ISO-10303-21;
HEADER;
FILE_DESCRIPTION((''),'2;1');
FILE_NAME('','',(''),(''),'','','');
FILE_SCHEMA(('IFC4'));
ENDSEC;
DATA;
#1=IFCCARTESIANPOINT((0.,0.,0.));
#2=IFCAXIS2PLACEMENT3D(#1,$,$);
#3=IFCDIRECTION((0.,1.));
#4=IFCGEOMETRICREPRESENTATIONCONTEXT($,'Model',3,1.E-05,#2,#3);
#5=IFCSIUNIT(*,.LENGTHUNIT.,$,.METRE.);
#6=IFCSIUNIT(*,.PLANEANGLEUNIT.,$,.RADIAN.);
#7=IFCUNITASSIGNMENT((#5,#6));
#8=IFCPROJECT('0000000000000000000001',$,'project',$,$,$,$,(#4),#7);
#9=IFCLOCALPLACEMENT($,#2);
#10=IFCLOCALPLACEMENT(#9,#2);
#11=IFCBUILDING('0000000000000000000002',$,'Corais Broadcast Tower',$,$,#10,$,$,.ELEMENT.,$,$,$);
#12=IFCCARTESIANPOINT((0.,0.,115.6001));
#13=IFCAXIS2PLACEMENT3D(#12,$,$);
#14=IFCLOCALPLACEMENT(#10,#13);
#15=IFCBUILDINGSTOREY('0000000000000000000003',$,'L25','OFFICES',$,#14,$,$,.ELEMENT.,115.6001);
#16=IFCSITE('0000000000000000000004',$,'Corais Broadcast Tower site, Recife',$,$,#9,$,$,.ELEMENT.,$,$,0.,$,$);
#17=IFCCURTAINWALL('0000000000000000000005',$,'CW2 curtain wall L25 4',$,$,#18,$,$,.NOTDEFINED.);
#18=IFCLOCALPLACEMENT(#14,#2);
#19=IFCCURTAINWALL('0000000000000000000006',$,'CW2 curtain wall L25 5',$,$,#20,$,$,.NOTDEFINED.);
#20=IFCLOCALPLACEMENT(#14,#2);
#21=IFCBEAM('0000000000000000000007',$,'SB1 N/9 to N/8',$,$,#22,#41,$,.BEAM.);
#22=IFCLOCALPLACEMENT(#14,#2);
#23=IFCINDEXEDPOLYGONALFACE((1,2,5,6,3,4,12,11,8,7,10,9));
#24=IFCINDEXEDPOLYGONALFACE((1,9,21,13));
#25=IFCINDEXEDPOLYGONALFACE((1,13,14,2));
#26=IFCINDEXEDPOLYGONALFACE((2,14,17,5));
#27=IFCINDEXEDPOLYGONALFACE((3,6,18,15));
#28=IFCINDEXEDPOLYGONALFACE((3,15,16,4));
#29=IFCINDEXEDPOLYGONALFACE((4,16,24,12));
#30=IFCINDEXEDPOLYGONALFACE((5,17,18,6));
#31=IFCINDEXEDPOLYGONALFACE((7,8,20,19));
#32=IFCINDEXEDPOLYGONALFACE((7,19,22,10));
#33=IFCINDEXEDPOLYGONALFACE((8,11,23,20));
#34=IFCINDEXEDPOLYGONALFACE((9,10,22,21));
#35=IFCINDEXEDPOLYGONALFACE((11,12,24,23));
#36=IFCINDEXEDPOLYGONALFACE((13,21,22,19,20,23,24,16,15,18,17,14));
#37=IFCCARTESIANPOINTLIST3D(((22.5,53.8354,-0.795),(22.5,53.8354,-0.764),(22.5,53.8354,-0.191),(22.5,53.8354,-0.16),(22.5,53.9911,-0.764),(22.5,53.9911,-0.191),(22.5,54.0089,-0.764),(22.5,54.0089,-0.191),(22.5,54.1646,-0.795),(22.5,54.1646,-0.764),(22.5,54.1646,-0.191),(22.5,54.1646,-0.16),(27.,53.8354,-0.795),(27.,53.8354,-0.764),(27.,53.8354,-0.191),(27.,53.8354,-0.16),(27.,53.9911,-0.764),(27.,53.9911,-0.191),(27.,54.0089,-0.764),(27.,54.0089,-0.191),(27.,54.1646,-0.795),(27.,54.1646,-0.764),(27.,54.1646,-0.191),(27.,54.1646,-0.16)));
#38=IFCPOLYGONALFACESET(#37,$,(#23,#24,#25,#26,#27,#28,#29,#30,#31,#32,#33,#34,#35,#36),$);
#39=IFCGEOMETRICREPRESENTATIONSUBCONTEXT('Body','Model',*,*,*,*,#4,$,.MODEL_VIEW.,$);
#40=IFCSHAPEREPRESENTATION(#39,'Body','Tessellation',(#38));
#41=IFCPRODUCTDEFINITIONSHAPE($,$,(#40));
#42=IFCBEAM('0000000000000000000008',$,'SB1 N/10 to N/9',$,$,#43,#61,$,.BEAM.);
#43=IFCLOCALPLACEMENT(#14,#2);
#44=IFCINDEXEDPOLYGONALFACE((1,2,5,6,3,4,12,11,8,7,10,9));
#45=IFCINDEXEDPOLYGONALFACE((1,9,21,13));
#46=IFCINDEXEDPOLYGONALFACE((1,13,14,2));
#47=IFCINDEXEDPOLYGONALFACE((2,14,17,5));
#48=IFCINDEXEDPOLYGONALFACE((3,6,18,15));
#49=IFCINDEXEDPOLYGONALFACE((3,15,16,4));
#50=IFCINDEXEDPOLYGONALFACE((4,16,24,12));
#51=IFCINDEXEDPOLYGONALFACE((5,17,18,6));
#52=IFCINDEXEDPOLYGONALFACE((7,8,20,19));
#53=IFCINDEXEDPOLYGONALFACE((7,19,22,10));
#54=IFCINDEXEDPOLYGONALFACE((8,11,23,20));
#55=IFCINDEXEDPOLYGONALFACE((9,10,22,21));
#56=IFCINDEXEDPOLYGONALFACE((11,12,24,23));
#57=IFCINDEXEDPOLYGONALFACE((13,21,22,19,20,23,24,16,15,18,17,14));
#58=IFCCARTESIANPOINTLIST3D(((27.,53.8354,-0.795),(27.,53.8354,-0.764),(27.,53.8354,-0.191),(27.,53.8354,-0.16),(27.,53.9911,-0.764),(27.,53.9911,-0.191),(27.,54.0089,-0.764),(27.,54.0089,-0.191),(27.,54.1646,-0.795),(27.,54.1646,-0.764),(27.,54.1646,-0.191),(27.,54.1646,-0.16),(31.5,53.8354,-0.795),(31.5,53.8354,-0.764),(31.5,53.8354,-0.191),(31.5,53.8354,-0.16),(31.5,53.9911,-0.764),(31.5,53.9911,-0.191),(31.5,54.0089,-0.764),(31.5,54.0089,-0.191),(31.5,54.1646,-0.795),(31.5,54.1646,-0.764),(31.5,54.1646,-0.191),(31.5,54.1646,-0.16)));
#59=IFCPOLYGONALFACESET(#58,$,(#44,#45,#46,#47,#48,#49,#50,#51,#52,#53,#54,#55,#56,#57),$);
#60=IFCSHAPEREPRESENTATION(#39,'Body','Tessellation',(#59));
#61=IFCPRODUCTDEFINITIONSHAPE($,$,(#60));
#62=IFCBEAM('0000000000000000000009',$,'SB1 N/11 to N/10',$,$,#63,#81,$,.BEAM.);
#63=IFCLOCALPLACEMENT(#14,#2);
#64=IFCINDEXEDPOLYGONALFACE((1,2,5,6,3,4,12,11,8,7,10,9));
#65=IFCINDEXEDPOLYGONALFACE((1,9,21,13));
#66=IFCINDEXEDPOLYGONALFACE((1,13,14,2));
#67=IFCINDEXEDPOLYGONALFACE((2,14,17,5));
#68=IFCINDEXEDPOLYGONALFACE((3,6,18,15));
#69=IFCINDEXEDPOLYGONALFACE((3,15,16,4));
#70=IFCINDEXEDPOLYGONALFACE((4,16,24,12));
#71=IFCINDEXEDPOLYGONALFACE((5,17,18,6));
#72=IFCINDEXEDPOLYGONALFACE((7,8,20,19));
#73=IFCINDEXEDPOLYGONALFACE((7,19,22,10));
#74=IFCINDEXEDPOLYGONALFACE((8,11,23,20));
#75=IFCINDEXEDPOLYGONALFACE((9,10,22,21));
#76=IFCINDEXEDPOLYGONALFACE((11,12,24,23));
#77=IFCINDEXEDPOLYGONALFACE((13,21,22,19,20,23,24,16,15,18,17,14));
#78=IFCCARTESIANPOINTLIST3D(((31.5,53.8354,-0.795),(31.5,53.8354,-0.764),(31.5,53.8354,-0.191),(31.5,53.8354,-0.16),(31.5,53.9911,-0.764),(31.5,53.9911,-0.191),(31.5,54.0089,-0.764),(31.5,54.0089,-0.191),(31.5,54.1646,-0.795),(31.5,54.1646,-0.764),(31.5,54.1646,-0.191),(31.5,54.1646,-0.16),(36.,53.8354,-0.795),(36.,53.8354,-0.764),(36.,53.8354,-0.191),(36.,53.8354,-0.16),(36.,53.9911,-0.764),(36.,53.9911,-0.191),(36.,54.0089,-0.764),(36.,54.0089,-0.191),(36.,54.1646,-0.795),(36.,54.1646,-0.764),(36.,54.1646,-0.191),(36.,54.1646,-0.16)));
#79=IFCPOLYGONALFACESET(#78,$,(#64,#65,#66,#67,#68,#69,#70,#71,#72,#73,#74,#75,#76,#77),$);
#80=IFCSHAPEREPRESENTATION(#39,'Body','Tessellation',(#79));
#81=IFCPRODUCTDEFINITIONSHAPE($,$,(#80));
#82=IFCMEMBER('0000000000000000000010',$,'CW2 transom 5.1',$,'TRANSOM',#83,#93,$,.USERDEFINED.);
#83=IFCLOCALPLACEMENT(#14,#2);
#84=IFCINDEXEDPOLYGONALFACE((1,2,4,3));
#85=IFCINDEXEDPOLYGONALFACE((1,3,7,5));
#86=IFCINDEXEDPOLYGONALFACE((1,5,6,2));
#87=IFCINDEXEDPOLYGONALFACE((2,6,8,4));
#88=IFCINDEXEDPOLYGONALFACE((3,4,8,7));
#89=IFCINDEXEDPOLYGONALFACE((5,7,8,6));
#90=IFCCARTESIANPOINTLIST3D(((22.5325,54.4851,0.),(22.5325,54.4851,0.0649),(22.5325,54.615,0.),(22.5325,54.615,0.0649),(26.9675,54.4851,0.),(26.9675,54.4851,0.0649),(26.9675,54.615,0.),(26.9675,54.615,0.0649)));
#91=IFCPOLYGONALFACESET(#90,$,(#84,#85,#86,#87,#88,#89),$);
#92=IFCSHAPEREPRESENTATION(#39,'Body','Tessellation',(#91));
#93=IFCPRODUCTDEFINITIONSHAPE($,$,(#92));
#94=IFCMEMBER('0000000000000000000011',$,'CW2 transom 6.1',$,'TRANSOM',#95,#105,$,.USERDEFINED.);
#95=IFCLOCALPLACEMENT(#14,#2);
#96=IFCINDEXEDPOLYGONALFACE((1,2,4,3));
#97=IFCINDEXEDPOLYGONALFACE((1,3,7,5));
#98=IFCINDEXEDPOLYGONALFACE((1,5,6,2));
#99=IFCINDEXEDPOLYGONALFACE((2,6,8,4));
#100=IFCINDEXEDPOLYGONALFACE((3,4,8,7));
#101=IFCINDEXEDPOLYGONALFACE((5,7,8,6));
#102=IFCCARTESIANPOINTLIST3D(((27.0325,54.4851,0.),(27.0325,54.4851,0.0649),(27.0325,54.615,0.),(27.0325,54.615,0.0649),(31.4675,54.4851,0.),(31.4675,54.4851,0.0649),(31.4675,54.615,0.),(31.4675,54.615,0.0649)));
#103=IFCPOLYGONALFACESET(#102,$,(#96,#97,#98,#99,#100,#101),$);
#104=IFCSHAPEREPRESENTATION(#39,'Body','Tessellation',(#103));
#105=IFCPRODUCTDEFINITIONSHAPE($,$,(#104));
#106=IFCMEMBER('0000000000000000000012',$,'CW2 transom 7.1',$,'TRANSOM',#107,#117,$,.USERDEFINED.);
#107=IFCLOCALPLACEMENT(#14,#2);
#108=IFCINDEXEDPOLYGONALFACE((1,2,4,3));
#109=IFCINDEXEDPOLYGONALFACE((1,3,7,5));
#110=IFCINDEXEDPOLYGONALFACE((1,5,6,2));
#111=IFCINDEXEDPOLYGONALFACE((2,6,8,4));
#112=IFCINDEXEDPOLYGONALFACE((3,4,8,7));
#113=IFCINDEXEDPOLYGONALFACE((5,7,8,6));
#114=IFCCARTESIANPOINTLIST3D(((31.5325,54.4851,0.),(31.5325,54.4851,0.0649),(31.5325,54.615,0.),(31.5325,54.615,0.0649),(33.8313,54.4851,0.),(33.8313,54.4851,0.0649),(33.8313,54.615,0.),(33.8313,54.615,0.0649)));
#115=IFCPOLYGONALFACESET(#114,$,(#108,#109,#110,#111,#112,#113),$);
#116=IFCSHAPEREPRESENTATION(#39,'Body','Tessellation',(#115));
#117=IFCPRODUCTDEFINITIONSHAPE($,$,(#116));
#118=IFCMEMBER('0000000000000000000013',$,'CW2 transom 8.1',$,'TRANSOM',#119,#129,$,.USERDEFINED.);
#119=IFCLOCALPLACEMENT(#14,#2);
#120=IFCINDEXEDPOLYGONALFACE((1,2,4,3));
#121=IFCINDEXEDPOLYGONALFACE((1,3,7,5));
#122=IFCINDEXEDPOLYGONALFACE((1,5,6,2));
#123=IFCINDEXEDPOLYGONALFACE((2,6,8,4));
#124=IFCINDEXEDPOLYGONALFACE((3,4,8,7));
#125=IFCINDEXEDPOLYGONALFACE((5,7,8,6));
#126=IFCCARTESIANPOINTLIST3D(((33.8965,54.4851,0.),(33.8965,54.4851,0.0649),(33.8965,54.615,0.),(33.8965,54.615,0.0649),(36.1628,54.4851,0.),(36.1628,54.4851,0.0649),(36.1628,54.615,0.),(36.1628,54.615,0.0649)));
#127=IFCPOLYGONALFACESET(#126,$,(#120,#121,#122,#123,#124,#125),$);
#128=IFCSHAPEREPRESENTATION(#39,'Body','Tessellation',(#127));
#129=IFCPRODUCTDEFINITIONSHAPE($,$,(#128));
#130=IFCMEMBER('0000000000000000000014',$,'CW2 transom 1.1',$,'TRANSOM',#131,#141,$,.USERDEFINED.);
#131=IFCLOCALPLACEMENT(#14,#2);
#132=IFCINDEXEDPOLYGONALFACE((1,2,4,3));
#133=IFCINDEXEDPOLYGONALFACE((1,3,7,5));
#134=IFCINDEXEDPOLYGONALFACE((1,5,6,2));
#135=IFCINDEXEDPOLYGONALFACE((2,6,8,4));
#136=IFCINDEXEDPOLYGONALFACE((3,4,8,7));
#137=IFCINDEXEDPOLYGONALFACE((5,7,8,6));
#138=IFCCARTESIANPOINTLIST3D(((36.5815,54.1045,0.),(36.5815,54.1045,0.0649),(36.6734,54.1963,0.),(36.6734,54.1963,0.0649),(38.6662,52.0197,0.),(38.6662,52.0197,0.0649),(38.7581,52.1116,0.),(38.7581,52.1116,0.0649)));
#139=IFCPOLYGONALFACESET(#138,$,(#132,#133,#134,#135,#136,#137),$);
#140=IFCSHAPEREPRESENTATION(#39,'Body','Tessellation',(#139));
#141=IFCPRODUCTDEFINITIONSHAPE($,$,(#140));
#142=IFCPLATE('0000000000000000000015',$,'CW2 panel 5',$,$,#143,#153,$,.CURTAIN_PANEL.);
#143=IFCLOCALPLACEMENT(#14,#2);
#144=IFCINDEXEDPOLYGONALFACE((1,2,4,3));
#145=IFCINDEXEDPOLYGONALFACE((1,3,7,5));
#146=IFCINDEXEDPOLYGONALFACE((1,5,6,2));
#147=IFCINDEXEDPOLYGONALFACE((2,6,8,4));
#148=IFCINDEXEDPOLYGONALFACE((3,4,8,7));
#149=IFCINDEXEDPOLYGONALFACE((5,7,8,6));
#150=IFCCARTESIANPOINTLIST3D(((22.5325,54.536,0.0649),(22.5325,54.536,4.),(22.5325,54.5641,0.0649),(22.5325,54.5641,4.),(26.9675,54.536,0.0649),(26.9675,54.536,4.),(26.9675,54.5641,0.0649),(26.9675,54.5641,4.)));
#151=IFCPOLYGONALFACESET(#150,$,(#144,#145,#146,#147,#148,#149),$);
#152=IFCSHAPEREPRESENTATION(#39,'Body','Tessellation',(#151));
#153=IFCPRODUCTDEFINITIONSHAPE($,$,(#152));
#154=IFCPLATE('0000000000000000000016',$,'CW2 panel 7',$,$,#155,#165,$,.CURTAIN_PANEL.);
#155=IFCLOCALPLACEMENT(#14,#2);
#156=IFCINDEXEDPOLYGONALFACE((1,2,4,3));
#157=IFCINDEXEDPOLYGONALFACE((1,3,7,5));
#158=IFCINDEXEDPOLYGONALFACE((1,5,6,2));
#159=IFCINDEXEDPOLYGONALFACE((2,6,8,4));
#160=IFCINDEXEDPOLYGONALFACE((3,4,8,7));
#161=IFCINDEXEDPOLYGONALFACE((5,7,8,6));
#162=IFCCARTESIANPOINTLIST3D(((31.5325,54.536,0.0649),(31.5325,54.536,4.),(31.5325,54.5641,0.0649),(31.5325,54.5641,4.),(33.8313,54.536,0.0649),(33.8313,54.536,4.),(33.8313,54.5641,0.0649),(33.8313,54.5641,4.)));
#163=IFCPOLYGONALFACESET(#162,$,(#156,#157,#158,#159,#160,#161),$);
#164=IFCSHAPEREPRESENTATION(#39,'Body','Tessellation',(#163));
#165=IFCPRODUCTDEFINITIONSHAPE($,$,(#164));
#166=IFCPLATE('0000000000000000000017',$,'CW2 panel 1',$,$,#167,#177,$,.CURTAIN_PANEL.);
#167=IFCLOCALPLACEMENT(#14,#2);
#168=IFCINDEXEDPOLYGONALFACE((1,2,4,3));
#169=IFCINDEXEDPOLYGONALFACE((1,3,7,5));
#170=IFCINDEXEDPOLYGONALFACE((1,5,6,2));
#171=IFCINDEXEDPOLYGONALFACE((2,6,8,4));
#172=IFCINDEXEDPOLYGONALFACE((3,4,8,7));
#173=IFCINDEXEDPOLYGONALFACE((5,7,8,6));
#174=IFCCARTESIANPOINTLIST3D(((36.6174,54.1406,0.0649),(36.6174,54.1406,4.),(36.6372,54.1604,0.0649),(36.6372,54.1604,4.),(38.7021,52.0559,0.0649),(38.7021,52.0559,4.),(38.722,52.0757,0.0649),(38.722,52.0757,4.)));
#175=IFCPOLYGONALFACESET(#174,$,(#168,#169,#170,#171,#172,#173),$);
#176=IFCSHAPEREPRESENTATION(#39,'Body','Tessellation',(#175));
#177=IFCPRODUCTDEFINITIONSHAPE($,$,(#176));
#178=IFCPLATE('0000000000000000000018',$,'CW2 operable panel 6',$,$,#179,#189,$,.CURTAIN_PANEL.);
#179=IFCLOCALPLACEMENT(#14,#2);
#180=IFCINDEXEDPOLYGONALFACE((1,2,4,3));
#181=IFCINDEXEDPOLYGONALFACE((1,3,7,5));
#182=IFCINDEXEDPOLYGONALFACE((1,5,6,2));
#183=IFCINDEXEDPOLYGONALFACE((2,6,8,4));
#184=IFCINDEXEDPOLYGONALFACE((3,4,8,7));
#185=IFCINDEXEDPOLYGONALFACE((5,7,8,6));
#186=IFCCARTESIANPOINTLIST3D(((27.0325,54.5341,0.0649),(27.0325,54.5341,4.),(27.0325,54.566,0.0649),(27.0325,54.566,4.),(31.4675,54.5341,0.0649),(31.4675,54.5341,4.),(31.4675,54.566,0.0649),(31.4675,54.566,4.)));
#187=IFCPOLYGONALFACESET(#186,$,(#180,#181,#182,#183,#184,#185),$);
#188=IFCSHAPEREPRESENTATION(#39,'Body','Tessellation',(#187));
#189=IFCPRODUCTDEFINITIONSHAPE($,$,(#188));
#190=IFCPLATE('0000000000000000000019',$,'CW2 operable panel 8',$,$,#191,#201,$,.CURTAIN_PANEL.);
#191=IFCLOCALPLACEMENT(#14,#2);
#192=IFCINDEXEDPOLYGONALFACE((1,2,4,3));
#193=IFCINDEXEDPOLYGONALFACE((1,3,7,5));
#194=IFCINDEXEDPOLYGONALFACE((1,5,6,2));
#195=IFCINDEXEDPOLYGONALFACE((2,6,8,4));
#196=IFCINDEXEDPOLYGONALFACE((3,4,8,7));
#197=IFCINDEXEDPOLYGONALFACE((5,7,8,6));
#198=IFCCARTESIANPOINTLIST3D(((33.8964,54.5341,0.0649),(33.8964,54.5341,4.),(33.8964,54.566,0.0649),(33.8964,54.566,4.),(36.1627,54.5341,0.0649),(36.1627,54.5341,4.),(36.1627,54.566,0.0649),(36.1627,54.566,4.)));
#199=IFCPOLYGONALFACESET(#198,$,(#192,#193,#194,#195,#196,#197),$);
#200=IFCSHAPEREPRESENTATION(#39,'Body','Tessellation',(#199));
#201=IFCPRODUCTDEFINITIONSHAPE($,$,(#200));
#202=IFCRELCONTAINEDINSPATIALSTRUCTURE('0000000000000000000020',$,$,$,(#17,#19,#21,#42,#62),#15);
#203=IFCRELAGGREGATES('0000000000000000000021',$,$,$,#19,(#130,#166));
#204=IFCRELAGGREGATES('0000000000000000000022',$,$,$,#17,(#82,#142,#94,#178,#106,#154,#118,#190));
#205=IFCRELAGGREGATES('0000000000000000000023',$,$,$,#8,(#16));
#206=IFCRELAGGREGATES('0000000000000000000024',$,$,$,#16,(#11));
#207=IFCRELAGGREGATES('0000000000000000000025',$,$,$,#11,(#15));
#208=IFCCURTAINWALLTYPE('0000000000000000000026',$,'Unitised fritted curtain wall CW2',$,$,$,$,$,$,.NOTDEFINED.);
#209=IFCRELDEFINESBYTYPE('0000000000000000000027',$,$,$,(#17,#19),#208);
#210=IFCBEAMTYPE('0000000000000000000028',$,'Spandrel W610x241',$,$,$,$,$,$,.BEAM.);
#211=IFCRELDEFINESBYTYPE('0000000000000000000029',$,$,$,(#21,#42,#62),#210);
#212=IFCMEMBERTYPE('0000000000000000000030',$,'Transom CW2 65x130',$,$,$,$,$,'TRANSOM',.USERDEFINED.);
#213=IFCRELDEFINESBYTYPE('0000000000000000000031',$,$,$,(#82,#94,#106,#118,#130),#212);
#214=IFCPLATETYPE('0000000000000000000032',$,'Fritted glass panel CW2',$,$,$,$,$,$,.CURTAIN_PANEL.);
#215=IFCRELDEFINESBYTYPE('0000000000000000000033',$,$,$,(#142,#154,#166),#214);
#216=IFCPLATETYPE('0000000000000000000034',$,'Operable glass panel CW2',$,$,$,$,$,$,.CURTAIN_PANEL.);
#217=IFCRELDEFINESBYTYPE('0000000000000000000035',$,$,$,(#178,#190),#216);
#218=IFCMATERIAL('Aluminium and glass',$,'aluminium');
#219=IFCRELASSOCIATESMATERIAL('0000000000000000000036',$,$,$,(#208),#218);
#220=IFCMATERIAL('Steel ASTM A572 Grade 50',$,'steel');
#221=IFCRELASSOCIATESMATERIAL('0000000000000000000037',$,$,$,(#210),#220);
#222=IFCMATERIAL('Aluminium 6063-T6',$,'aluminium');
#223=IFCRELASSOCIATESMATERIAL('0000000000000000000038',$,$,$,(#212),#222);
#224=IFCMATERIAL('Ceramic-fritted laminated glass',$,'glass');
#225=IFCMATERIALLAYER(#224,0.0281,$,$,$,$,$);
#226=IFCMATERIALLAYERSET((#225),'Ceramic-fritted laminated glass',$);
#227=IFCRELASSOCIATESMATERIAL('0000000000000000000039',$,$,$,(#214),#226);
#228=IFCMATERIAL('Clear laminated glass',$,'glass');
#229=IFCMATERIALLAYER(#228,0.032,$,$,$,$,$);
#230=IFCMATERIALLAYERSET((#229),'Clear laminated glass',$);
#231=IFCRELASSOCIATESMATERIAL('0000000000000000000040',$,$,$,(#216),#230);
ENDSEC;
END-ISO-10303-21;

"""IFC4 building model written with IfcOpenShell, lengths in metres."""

from ifc_helpers import new_model, si_unit, direction, frame, origin, origin_2d, place, context, subcontext, project, spatial, rectangle, i_section, extrude, material, layer, layer_set, material_profile, profile_set, type_object, element, aggregate, save


model = new_model("IFC4")

# Units and contexts
model_context = context("Model", 3, precision=1e-05, world=origin(), true_north=direction((0.0, 1.0)))
body_context = subcontext(model_context, "Body", "Model", "MODEL_VIEW")
ifc_project = project(units=[si_unit("LENGTHUNIT", "METRE"), si_unit("PLANEANGLEUNIT", "RADIAN")], contexts=[model_context])

# Site, building, storey
site_placement = place(None, origin())
site = spatial("IfcSite", under=ifc_project, at=site_placement, Name="Corais Broadcast Tower site, Recife", CompositionType="ELEMENT", RefElevation=0.0)
building_placement = place(site_placement, origin())
building = spatial("IfcBuilding", under=site, at=building_placement, Name="Corais Broadcast Tower", CompositionType="ELEMENT")
storey_placement = place(building_placement, frame((0.0, 0.0, 115.6001)))
storey = spatial("IfcBuildingStorey", under=building, at=storey_placement, Name="L25", Description="OFFICES", CompositionType="ELEMENT", Elevation=115.6001)

# Curtain walls
ifc_material_1 = material(Name="Aluminium and glass", Category="aluminium")
curtain_wall_type = type_object("IfcCurtainWallType", Name="Unitised fritted curtain wall CW2", PredefinedType="NOTDEFINED", material=ifc_material_1)
curtain_wall_1_placement = place(storey_placement, origin())
curtain_wall_1 = element("IfcCurtainWall", 1, at=curtain_wall_1_placement, inside=storey, type_object=curtain_wall_type, Name="CW2 curtain wall L25 4", PredefinedType="NOTDEFINED")
curtain_wall_2_placement = place(storey_placement, origin())
curtain_wall_2 = element("IfcCurtainWall", 2, at=curtain_wall_2_placement, inside=storey, type_object=curtain_wall_type, Name="CW2 curtain wall L25 5", PredefinedType="NOTDEFINED")

# Beams
ifc_material_2 = material(Name="Steel ASTM A572 Grade 50", Category="steel")
ifc_material_profile_1 = material_profile(ifc_material_2, i_section(OverallWidth=0.3291, OverallDepth=0.635, WebThickness=0.0178, FlangeThickness=0.031, at=origin_2d()), Name="W610x241")
ifc_profile_set_1 = profile_set([ifc_material_profile_1], Name="Steel ASTM A572 Grade 50")
beam_type_1 = type_object("IfcBeamType", Name="Spandrel W610x241", PredefinedType="BEAM", material=ifc_profile_set_1)
for number, where, z_axis, x_axis, name in (
    (3, (27.0, 54.0, -0.4775), (-1.0, 0.0, 0.0), (0.0, -1.0, 0.0), "SB1 N/9 to N/8"),
    (4, (31.5, 54.0, -0.4775), (-1.0, 0.0, 0.0), (0.0, -1.0, 0.0), "SB1 N/10 to N/9"),
    (5, (36.0, 54.0, -0.4775), (-1.0, 0.0, 0.0), (0.0, -1.0, 0.0), "SB1 N/11 to N/10"),
):
    element("IfcBeam", number, at=place(storey_placement, frame(where, z_axis=z_axis, x_axis=x_axis)), inside=storey, type_object=beam_type_1, Name=name, PredefinedType="BEAM", context=body_context, shape_type="SweptSolid", body=[
        extrude(i_section(OverallWidth=0.3291, OverallDepth=0.635, WebThickness=0.0178, FlangeThickness=0.031, at=origin_2d()), origin(), (0.0, 0.0, 1.0), 4.5),
    ])

# Members
ifc_material_3 = material(Name="Aluminium 6063-T6", Category="aluminium")
ifc_material_profile_2 = material_profile(ifc_material_3, rectangle(XDim=0.1299, YDim=0.0649, at=origin_2d()), Name="Transom CW2 65x130")
ifc_profile_set_2 = profile_set([ifc_material_profile_2], Name="Aluminium 6063-T6")
member_type_1 = type_object("IfcMemberType", Name="Transom CW2 65x130", ElementType="TRANSOM", PredefinedType="USERDEFINED", material=ifc_profile_set_2)
member_1_placement = place(storey_placement, frame((22.5325, 54.55, 0.0325), z_axis=(1.0, 0.0, 0.0), x_axis=(0.0, 1.0, 0.0)))
member_1 = element("IfcMember", 6, at=member_1_placement, type_object=member_type_1, Name="CW2 transom 5.1", ObjectType="TRANSOM", PredefinedType="USERDEFINED", context=body_context, shape_type="SweptSolid", body=[
    extrude(rectangle(XDim=0.1299, YDim=0.0649, at=origin_2d()), origin(), (0.0, 0.0, 1.0), 4.4351),
])
member_2_placement = place(storey_placement, frame((27.0325, 54.55, 0.0325), z_axis=(1.0, 0.0, 0.0), x_axis=(0.0, 1.0, 0.0)))
member_2 = element("IfcMember", 7, at=member_2_placement, type_object=member_type_1, Name="CW2 transom 6.1", ObjectType="TRANSOM", PredefinedType="USERDEFINED", context=body_context, shape_type="SweptSolid", body=[
    extrude(rectangle(XDim=0.1299, YDim=0.0649, at=origin_2d()), origin(), (0.0, 0.0, 1.0), 4.4351),
])
member_3_placement = place(storey_placement, frame((31.5325, 54.55, 0.0325), z_axis=(1.0, 0.0, 0.0), x_axis=(0.0, 1.0, 0.0)))
member_3 = element("IfcMember", 8, at=member_3_placement, type_object=member_type_1, Name="CW2 transom 7.1", ObjectType="TRANSOM", PredefinedType="USERDEFINED", context=body_context, shape_type="SweptSolid", body=[
    extrude(rectangle(XDim=0.1299, YDim=0.0649, at=origin_2d()), origin(), (0.0, 0.0, 1.0), 2.2988),
])
member_4_placement = place(storey_placement, frame((33.8965, 54.55, 0.0325), z_axis=(1.0, 0.0, 0.0), x_axis=(0.0, 1.0, 0.0)))
member_4 = element("IfcMember", 9, at=member_4_placement, type_object=member_type_1, Name="CW2 transom 8.1", ObjectType="TRANSOM", PredefinedType="USERDEFINED", context=body_context, shape_type="SweptSolid", body=[
    extrude(rectangle(XDim=0.1299, YDim=0.0649, at=origin_2d()), origin(), (0.0, 0.0, 1.0), 2.2664),
])
member_5_placement = place(storey_placement, frame((36.6274, 54.1504, 0.0325), z_axis=(0.707107, -0.707107, 0.0), x_axis=(0.707107, 0.707107, 0.0)))
member_5 = element("IfcMember", 10, at=member_5_placement, type_object=member_type_1, Name="CW2 transom 1.1", ObjectType="TRANSOM", PredefinedType="USERDEFINED", context=body_context, shape_type="SweptSolid", body=[
    extrude(rectangle(XDim=0.1299, YDim=0.0649, at=origin_2d()), origin(), (0.0, 0.0, 1.0), 2.9482),
])

# Plates
ifc_material_4 = material(Name="Ceramic-fritted laminated glass", Category="glass")
ifc_layer_1 = layer(ifc_material_4, 0.0281)
ifc_layer_set_1 = layer_set([ifc_layer_1], Name="Ceramic-fritted laminated glass")
plate_type_1 = type_object("IfcPlateType", Name="Fritted glass panel CW2", PredefinedType="CURTAIN_PANEL", material=ifc_layer_set_1)
plate_1_placement = place(storey_placement, frame((24.75, 54.55, 0.0649), z_axis=(0.0, 0.0, 1.0), x_axis=(1.0, 0.0, 0.0)))
plate_1 = element("IfcPlate", 11, at=plate_1_placement, type_object=plate_type_1, Name="CW2 panel 5", PredefinedType="CURTAIN_PANEL", context=body_context, shape_type="SweptSolid", body=[
    extrude(rectangle(XDim=4.4351, YDim=0.0281, at=origin_2d()), origin(), (0.0, 0.0, 1.0), 3.9351),
])
plate_2_placement = place(storey_placement, frame((32.6819, 54.55, 0.0649), z_axis=(0.0, 0.0, 1.0), x_axis=(1.0, 0.0, 0.0)))
plate_2 = element("IfcPlate", 12, at=plate_2_placement, type_object=plate_type_1, Name="CW2 panel 7", PredefinedType="CURTAIN_PANEL", context=body_context, shape_type="SweptSolid", body=[
    extrude(rectangle(XDim=2.2988, YDim=0.0281, at=origin_2d()), origin(), (0.0, 0.0, 1.0), 3.9351),
])
plate_3_placement = place(storey_placement, frame((37.6697, 53.1082, 0.0649), z_axis=(0.0, 0.0, 1.0), x_axis=(0.707107, -0.707107, 0.0)))
plate_3 = element("IfcPlate", 13, at=plate_3_placement, type_object=plate_type_1, Name="CW2 panel 1", PredefinedType="CURTAIN_PANEL", context=body_context, shape_type="SweptSolid", body=[
    extrude(rectangle(XDim=2.9482, YDim=0.0281, at=origin_2d()), origin(), (0.0, 0.0, 1.0), 3.9351),
])
aggregate(curtain_wall_2, [member_5, plate_3])
ifc_material_5 = material(Name="Clear laminated glass", Category="glass")
ifc_layer_2 = layer(ifc_material_5, 0.032)
ifc_layer_set_2 = layer_set([ifc_layer_2], Name="Clear laminated glass")
plate_type_2 = type_object("IfcPlateType", Name="Operable glass panel CW2", PredefinedType="CURTAIN_PANEL", material=ifc_layer_set_2)
plate_4_placement = place(storey_placement, frame((29.25, 54.55, 0.0649), z_axis=(0.0, 0.0, 1.0), x_axis=(1.0, 0.0, 0.0)))
plate_4 = element("IfcPlate", 14, at=plate_4_placement, type_object=plate_type_2, Name="CW2 operable panel 6", PredefinedType="CURTAIN_PANEL", context=body_context, shape_type="SweptSolid", body=[
    extrude(rectangle(XDim=4.4351, YDim=0.032, at=origin_2d()), origin(), (0.0, 0.0, 1.0), 3.9351),
])
plate_5_placement = place(storey_placement, frame((35.0295, 54.55, 0.0649), z_axis=(0.0, 0.0, 1.0), x_axis=(1.0, 0.0, 0.0)))
plate_5 = element("IfcPlate", 15, at=plate_5_placement, type_object=plate_type_2, Name="CW2 operable panel 8", PredefinedType="CURTAIN_PANEL", context=body_context, shape_type="SweptSolid", body=[
    extrude(rectangle(XDim=2.2664, YDim=0.032, at=origin_2d()), origin(), (0.0, 0.0, 1.0), 3.9351),
])
aggregate(curtain_wall_1, [member_1, plate_1, member_2, plate_4, member_3, plate_2, member_4, plate_5])

save(model, "model.ifc")
